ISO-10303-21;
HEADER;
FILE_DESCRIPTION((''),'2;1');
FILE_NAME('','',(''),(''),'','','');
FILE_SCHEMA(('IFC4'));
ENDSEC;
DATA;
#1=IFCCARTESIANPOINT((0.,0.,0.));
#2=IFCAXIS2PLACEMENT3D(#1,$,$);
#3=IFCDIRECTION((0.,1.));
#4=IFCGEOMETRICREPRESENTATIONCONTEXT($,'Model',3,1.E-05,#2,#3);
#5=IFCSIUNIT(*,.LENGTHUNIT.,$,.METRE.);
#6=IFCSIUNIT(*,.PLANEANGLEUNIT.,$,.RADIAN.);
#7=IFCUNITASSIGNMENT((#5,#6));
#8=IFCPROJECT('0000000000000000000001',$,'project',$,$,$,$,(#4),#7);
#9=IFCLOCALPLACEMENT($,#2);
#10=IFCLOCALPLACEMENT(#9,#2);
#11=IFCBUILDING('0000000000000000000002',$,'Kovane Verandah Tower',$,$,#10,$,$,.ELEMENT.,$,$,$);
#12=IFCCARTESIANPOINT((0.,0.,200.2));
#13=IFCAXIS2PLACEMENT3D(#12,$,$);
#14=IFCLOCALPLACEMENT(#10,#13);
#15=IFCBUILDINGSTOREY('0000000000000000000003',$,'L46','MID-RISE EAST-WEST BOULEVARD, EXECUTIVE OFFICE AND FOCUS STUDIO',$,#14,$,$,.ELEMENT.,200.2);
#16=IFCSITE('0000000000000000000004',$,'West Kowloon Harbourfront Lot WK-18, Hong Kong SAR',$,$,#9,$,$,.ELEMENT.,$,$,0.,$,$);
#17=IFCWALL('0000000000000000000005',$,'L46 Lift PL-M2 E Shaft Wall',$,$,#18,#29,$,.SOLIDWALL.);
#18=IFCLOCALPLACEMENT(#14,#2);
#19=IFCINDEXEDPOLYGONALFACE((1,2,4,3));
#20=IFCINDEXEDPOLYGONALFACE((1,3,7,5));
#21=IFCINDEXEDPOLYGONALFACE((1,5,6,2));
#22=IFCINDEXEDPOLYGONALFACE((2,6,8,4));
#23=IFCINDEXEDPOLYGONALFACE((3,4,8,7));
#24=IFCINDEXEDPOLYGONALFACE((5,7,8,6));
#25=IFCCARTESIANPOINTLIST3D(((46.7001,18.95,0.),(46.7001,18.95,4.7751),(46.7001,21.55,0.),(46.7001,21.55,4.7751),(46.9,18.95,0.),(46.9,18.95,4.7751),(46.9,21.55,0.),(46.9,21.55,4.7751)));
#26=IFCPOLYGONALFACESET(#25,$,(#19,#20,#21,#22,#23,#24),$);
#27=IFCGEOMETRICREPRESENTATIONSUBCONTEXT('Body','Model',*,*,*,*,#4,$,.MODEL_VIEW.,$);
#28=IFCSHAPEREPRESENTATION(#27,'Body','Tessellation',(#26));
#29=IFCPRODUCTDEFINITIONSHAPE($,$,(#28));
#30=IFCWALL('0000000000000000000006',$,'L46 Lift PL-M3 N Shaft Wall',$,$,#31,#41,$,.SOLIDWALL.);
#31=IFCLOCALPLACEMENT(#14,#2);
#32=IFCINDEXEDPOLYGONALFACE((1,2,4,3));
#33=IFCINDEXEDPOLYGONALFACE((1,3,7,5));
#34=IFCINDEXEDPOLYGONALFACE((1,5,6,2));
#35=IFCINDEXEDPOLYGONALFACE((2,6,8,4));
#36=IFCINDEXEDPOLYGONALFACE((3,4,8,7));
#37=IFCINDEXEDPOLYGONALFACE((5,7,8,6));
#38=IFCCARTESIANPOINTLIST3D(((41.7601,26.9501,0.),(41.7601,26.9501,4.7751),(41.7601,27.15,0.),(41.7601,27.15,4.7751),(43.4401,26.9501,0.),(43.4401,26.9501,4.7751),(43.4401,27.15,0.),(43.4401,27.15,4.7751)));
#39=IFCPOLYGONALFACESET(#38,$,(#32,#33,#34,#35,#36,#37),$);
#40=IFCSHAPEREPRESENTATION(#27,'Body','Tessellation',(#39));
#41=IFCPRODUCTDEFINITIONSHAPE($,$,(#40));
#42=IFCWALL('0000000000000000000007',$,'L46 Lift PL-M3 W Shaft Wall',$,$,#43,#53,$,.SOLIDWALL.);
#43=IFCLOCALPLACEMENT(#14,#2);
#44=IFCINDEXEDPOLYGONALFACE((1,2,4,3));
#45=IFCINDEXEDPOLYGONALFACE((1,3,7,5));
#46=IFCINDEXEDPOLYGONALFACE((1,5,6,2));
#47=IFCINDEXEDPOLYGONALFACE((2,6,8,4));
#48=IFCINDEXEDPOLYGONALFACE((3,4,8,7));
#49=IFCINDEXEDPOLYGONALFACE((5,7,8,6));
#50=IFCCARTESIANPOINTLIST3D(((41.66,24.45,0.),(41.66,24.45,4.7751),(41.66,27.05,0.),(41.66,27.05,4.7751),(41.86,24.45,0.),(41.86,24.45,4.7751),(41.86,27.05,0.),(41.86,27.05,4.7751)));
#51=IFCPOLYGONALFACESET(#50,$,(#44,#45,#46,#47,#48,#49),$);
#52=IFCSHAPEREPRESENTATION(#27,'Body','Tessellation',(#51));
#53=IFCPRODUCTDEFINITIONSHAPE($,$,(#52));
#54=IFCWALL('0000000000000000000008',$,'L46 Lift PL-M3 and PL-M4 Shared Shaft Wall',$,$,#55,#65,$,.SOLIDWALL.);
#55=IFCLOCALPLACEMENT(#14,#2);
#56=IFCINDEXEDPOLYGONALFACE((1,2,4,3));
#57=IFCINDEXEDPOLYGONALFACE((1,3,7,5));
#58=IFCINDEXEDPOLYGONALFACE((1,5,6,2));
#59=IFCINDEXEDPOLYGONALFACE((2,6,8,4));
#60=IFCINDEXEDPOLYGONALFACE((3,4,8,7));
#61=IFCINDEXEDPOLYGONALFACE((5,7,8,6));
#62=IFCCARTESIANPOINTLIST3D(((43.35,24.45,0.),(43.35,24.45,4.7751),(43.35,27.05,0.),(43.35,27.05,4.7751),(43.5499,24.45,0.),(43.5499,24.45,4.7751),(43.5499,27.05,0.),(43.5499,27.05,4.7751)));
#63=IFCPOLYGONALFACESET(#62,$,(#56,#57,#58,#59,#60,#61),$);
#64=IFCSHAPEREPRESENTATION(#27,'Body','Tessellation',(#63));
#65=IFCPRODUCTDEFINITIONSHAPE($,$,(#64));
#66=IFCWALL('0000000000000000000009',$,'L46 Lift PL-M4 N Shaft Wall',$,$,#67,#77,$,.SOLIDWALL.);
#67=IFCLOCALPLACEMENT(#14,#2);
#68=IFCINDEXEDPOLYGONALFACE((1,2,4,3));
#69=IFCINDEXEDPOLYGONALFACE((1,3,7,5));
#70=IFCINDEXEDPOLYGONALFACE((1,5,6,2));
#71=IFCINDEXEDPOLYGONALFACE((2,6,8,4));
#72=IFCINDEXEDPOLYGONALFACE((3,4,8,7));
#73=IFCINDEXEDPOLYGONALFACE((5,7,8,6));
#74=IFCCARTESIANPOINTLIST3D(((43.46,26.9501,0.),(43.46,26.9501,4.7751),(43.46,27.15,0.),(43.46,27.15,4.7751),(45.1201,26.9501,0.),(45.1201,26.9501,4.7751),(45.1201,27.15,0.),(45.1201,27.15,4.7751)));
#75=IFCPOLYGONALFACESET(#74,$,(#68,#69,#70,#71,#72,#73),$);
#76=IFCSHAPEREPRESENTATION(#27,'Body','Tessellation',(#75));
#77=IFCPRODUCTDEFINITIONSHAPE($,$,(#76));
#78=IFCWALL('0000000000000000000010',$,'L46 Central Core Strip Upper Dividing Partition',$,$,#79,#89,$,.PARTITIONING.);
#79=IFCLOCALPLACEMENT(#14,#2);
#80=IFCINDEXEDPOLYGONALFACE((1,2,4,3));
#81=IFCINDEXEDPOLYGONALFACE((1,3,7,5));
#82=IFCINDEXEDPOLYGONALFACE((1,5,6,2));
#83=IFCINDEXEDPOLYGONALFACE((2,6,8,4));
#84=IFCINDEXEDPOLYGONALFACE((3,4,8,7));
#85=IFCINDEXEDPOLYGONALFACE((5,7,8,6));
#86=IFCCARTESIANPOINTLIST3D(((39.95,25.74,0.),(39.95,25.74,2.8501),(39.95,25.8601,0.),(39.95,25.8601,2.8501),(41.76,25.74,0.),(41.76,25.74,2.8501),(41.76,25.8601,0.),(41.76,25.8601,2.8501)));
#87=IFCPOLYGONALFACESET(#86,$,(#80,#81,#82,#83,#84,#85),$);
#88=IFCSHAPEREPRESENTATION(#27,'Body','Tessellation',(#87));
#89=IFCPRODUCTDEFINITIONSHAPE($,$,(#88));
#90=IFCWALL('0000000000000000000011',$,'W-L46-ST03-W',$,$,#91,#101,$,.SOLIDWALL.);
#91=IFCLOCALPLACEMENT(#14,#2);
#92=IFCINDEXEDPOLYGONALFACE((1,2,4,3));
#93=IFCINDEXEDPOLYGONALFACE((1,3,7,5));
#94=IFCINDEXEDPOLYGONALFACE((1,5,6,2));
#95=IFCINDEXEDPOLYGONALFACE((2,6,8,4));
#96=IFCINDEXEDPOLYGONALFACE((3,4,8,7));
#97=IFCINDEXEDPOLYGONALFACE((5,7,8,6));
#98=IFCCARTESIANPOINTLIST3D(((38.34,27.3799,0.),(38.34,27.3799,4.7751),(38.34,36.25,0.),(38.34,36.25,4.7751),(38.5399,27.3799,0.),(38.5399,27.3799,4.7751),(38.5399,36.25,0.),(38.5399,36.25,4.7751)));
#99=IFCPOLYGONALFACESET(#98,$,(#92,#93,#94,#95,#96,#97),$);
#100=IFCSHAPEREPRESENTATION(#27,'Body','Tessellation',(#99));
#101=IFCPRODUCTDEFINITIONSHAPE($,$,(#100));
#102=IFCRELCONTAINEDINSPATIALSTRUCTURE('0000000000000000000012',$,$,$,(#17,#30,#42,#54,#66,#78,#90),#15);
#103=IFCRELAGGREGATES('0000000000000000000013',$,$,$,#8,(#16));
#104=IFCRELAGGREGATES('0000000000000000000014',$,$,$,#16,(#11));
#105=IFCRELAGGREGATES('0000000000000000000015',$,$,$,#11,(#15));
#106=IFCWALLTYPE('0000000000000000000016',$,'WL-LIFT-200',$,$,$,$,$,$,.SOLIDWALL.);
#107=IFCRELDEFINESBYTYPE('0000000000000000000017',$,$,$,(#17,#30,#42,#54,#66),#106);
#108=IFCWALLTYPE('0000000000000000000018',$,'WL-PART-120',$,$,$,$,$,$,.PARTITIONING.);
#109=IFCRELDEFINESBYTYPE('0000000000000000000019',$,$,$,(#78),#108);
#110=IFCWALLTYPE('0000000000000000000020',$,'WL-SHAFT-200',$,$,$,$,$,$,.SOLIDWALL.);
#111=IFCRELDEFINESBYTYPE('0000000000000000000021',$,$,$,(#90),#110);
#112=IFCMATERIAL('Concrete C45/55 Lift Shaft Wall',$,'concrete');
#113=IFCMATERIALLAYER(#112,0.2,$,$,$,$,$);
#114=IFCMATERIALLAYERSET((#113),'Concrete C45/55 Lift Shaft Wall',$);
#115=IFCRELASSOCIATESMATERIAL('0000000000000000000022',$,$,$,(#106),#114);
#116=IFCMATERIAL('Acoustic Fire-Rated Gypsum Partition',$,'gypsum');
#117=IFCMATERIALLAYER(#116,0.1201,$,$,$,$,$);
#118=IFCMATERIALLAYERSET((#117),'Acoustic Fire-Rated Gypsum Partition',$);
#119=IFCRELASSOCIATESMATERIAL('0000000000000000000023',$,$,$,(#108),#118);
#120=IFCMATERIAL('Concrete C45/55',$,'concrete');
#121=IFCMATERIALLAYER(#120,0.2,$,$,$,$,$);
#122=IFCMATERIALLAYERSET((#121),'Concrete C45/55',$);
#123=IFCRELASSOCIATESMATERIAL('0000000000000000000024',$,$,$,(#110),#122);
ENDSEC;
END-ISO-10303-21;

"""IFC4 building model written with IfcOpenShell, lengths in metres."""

from ifc_helpers import new_model, si_unit, direction, frame, frame_2d, origin, place, context, subcontext, project, spatial, rectangle, extrude, material, layer, layer_set, type_object, element, save


model = new_model("IFC4")

# Units and contexts
model_context = context("Model", 3, precision=1e-05, world=origin(), true_north=direction((0.0, 1.0)))
body_context = subcontext(model_context, "Body", "Model", "MODEL_VIEW")
ifc_project = project(units=[si_unit("LENGTHUNIT", "METRE"), si_unit("PLANEANGLEUNIT", "RADIAN")], contexts=[model_context])

# Site, building, storey
site_placement = place(None, origin())
site = spatial("IfcSite", under=ifc_project, at=site_placement, Name="West Kowloon Harbourfront Lot WK-18, Hong Kong SAR", CompositionType="ELEMENT", RefElevation=0.0)
building_placement = place(site_placement, origin())
building = spatial("IfcBuilding", under=site, at=building_placement, Name="Kovane Verandah Tower", CompositionType="ELEMENT")
storey_placement = place(building_placement, frame((0.0, 0.0, 200.2)))
storey = spatial("IfcBuildingStorey", under=building, at=storey_placement, Name="L46", Description="MID-RISE EAST-WEST BOULEVARD, EXECUTIVE OFFICE AND FOCUS STUDIO", CompositionType="ELEMENT", Elevation=200.2)

# Shared definitions
ifc_material_1 = material(Name="Concrete C45/55 Lift Shaft Wall", Category="concrete")
ifc_layer_1 = layer(ifc_material_1, 0.2)
ifc_layer_set_1 = layer_set([ifc_layer_1], Name="Concrete C45/55 Lift Shaft Wall")
wall_type_1 = type_object("IfcWallType", Name="WL-LIFT-200", PredefinedType="SOLIDWALL", material=ifc_layer_set_1)

# Wall
wall_1_placement = place(storey_placement, frame((46.8, 18.95, 0.0), z_axis=(0.0, 0.0, 1.0), x_axis=(0.0, 1.0, 0.0)))
element("IfcWall", 1, at=wall_1_placement, inside=storey, type_object=wall_type_1, Name="L46 Lift PL-M2 E Shaft Wall", PredefinedType="SOLIDWALL", context=body_context, shape_type="SweptSolid", body=[
    extrude(rectangle(XDim=2.6001, YDim=0.2, at=frame_2d((1.3, 0.0))), origin(), (0.0, 0.0, 1.0), 4.7751),
])

# Walls
wall_2_placement = place(storey_placement, frame((43.4399, 27.05, 0.0), z_axis=(0.0, 0.0, 1.0), x_axis=(-1.0, 0.0, 0.0)))
element("IfcWall", 2, at=wall_2_placement, inside=storey, type_object=wall_type_1, Name="L46 Lift PL-M3 N Shaft Wall", PredefinedType="SOLIDWALL", context=body_context, shape_type="SweptSolid", body=[
    extrude(rectangle(XDim=1.6799, YDim=0.2, at=frame_2d((0.8398, 0.0))), origin(), (0.0, 0.0, 1.0), 4.7751),
])
for number, where, z_axis, x_axis, name in (
    (3, (41.76, 27.05, 0.0), (0.0, 0.0, 1.0), (0.0, -1.0, 0.0), "L46 Lift PL-M3 W Shaft Wall"),
    (4, (43.45, 24.45, 0.0), (0.0, 0.0, 1.0), (0.0, 1.0, 0.0), "L46 Lift PL-M3 and PL-M4 Shared Shaft Wall"),
):
    element("IfcWall", number, at=place(storey_placement, frame(where, z_axis=z_axis, x_axis=x_axis)), inside=storey, type_object=wall_type_1, Name=name, PredefinedType="SOLIDWALL", context=body_context, shape_type="SweptSolid", body=[
        extrude(rectangle(XDim=2.6001, YDim=0.2, at=frame_2d((1.3, 0.0))), origin(), (0.0, 0.0, 1.0), 4.7751),
    ])

# Walls
wall_3_placement = place(storey_placement, frame((45.1201, 27.05, 0.0), z_axis=(0.0, 0.0, 1.0), x_axis=(-1.0, 0.0, 0.0)))
element("IfcWall", 5, at=wall_3_placement, inside=storey, type_object=wall_type_1, Name="L46 Lift PL-M4 N Shaft Wall", PredefinedType="SOLIDWALL", context=body_context, shape_type="SweptSolid", body=[
    extrude(rectangle(XDim=1.6602, YDim=0.2, at=frame_2d((0.8301, 0.0))), origin(), (0.0, 0.0, 1.0), 4.7751),
])
ifc_material_2 = material(Name="Acoustic Fire-Rated Gypsum Partition", Category="gypsum")
ifc_layer_2 = layer(ifc_material_2, 0.1201)
ifc_layer_set_2 = layer_set([ifc_layer_2], Name="Acoustic Fire-Rated Gypsum Partition")
wall_type_2 = type_object("IfcWallType", Name="WL-PART-120", PredefinedType="PARTITIONING", material=ifc_layer_set_2)
wall_4_placement = place(storey_placement, frame((39.95, 25.8, 0.0), z_axis=(0.0, 0.0, 1.0), x_axis=(1.0, 0.0, 0.0)))
element("IfcWall", 6, at=wall_4_placement, inside=storey, type_object=wall_type_2, Name="L46 Central Core Strip Upper Dividing Partition", PredefinedType="PARTITIONING", context=body_context, shape_type="SweptSolid", body=[
    extrude(rectangle(XDim=1.8101, YDim=0.1201, at=frame_2d((0.905, 0.0))), origin(), (0.0, 0.0, 1.0), 2.8501),
])
ifc_material_3 = material(Name="Concrete C45/55", Category="concrete")
ifc_layer_3 = layer(ifc_material_3, 0.2)
ifc_layer_set_3 = layer_set([ifc_layer_3], Name="Concrete C45/55")
wall_type_3 = type_object("IfcWallType", Name="WL-SHAFT-200", PredefinedType="SOLIDWALL", material=ifc_layer_set_3)
wall_5_placement = place(storey_placement, frame((38.4399, 27.3799, 0.0), z_axis=(0.0, 0.0, 1.0), x_axis=(0.0, 1.0, 0.0)))
element("IfcWall", 7, at=wall_5_placement, inside=storey, type_object=wall_type_3, Name="W-L46-ST03-W", PredefinedType="SOLIDWALL", context=body_context, shape_type="SweptSolid", body=[
    extrude(rectangle(XDim=8.8701, YDim=0.2, at=frame_2d((4.4351, 0.0))), origin(), (0.0, 0.0, 1.0), 4.7751),
])

save(model, "model.ifc")
